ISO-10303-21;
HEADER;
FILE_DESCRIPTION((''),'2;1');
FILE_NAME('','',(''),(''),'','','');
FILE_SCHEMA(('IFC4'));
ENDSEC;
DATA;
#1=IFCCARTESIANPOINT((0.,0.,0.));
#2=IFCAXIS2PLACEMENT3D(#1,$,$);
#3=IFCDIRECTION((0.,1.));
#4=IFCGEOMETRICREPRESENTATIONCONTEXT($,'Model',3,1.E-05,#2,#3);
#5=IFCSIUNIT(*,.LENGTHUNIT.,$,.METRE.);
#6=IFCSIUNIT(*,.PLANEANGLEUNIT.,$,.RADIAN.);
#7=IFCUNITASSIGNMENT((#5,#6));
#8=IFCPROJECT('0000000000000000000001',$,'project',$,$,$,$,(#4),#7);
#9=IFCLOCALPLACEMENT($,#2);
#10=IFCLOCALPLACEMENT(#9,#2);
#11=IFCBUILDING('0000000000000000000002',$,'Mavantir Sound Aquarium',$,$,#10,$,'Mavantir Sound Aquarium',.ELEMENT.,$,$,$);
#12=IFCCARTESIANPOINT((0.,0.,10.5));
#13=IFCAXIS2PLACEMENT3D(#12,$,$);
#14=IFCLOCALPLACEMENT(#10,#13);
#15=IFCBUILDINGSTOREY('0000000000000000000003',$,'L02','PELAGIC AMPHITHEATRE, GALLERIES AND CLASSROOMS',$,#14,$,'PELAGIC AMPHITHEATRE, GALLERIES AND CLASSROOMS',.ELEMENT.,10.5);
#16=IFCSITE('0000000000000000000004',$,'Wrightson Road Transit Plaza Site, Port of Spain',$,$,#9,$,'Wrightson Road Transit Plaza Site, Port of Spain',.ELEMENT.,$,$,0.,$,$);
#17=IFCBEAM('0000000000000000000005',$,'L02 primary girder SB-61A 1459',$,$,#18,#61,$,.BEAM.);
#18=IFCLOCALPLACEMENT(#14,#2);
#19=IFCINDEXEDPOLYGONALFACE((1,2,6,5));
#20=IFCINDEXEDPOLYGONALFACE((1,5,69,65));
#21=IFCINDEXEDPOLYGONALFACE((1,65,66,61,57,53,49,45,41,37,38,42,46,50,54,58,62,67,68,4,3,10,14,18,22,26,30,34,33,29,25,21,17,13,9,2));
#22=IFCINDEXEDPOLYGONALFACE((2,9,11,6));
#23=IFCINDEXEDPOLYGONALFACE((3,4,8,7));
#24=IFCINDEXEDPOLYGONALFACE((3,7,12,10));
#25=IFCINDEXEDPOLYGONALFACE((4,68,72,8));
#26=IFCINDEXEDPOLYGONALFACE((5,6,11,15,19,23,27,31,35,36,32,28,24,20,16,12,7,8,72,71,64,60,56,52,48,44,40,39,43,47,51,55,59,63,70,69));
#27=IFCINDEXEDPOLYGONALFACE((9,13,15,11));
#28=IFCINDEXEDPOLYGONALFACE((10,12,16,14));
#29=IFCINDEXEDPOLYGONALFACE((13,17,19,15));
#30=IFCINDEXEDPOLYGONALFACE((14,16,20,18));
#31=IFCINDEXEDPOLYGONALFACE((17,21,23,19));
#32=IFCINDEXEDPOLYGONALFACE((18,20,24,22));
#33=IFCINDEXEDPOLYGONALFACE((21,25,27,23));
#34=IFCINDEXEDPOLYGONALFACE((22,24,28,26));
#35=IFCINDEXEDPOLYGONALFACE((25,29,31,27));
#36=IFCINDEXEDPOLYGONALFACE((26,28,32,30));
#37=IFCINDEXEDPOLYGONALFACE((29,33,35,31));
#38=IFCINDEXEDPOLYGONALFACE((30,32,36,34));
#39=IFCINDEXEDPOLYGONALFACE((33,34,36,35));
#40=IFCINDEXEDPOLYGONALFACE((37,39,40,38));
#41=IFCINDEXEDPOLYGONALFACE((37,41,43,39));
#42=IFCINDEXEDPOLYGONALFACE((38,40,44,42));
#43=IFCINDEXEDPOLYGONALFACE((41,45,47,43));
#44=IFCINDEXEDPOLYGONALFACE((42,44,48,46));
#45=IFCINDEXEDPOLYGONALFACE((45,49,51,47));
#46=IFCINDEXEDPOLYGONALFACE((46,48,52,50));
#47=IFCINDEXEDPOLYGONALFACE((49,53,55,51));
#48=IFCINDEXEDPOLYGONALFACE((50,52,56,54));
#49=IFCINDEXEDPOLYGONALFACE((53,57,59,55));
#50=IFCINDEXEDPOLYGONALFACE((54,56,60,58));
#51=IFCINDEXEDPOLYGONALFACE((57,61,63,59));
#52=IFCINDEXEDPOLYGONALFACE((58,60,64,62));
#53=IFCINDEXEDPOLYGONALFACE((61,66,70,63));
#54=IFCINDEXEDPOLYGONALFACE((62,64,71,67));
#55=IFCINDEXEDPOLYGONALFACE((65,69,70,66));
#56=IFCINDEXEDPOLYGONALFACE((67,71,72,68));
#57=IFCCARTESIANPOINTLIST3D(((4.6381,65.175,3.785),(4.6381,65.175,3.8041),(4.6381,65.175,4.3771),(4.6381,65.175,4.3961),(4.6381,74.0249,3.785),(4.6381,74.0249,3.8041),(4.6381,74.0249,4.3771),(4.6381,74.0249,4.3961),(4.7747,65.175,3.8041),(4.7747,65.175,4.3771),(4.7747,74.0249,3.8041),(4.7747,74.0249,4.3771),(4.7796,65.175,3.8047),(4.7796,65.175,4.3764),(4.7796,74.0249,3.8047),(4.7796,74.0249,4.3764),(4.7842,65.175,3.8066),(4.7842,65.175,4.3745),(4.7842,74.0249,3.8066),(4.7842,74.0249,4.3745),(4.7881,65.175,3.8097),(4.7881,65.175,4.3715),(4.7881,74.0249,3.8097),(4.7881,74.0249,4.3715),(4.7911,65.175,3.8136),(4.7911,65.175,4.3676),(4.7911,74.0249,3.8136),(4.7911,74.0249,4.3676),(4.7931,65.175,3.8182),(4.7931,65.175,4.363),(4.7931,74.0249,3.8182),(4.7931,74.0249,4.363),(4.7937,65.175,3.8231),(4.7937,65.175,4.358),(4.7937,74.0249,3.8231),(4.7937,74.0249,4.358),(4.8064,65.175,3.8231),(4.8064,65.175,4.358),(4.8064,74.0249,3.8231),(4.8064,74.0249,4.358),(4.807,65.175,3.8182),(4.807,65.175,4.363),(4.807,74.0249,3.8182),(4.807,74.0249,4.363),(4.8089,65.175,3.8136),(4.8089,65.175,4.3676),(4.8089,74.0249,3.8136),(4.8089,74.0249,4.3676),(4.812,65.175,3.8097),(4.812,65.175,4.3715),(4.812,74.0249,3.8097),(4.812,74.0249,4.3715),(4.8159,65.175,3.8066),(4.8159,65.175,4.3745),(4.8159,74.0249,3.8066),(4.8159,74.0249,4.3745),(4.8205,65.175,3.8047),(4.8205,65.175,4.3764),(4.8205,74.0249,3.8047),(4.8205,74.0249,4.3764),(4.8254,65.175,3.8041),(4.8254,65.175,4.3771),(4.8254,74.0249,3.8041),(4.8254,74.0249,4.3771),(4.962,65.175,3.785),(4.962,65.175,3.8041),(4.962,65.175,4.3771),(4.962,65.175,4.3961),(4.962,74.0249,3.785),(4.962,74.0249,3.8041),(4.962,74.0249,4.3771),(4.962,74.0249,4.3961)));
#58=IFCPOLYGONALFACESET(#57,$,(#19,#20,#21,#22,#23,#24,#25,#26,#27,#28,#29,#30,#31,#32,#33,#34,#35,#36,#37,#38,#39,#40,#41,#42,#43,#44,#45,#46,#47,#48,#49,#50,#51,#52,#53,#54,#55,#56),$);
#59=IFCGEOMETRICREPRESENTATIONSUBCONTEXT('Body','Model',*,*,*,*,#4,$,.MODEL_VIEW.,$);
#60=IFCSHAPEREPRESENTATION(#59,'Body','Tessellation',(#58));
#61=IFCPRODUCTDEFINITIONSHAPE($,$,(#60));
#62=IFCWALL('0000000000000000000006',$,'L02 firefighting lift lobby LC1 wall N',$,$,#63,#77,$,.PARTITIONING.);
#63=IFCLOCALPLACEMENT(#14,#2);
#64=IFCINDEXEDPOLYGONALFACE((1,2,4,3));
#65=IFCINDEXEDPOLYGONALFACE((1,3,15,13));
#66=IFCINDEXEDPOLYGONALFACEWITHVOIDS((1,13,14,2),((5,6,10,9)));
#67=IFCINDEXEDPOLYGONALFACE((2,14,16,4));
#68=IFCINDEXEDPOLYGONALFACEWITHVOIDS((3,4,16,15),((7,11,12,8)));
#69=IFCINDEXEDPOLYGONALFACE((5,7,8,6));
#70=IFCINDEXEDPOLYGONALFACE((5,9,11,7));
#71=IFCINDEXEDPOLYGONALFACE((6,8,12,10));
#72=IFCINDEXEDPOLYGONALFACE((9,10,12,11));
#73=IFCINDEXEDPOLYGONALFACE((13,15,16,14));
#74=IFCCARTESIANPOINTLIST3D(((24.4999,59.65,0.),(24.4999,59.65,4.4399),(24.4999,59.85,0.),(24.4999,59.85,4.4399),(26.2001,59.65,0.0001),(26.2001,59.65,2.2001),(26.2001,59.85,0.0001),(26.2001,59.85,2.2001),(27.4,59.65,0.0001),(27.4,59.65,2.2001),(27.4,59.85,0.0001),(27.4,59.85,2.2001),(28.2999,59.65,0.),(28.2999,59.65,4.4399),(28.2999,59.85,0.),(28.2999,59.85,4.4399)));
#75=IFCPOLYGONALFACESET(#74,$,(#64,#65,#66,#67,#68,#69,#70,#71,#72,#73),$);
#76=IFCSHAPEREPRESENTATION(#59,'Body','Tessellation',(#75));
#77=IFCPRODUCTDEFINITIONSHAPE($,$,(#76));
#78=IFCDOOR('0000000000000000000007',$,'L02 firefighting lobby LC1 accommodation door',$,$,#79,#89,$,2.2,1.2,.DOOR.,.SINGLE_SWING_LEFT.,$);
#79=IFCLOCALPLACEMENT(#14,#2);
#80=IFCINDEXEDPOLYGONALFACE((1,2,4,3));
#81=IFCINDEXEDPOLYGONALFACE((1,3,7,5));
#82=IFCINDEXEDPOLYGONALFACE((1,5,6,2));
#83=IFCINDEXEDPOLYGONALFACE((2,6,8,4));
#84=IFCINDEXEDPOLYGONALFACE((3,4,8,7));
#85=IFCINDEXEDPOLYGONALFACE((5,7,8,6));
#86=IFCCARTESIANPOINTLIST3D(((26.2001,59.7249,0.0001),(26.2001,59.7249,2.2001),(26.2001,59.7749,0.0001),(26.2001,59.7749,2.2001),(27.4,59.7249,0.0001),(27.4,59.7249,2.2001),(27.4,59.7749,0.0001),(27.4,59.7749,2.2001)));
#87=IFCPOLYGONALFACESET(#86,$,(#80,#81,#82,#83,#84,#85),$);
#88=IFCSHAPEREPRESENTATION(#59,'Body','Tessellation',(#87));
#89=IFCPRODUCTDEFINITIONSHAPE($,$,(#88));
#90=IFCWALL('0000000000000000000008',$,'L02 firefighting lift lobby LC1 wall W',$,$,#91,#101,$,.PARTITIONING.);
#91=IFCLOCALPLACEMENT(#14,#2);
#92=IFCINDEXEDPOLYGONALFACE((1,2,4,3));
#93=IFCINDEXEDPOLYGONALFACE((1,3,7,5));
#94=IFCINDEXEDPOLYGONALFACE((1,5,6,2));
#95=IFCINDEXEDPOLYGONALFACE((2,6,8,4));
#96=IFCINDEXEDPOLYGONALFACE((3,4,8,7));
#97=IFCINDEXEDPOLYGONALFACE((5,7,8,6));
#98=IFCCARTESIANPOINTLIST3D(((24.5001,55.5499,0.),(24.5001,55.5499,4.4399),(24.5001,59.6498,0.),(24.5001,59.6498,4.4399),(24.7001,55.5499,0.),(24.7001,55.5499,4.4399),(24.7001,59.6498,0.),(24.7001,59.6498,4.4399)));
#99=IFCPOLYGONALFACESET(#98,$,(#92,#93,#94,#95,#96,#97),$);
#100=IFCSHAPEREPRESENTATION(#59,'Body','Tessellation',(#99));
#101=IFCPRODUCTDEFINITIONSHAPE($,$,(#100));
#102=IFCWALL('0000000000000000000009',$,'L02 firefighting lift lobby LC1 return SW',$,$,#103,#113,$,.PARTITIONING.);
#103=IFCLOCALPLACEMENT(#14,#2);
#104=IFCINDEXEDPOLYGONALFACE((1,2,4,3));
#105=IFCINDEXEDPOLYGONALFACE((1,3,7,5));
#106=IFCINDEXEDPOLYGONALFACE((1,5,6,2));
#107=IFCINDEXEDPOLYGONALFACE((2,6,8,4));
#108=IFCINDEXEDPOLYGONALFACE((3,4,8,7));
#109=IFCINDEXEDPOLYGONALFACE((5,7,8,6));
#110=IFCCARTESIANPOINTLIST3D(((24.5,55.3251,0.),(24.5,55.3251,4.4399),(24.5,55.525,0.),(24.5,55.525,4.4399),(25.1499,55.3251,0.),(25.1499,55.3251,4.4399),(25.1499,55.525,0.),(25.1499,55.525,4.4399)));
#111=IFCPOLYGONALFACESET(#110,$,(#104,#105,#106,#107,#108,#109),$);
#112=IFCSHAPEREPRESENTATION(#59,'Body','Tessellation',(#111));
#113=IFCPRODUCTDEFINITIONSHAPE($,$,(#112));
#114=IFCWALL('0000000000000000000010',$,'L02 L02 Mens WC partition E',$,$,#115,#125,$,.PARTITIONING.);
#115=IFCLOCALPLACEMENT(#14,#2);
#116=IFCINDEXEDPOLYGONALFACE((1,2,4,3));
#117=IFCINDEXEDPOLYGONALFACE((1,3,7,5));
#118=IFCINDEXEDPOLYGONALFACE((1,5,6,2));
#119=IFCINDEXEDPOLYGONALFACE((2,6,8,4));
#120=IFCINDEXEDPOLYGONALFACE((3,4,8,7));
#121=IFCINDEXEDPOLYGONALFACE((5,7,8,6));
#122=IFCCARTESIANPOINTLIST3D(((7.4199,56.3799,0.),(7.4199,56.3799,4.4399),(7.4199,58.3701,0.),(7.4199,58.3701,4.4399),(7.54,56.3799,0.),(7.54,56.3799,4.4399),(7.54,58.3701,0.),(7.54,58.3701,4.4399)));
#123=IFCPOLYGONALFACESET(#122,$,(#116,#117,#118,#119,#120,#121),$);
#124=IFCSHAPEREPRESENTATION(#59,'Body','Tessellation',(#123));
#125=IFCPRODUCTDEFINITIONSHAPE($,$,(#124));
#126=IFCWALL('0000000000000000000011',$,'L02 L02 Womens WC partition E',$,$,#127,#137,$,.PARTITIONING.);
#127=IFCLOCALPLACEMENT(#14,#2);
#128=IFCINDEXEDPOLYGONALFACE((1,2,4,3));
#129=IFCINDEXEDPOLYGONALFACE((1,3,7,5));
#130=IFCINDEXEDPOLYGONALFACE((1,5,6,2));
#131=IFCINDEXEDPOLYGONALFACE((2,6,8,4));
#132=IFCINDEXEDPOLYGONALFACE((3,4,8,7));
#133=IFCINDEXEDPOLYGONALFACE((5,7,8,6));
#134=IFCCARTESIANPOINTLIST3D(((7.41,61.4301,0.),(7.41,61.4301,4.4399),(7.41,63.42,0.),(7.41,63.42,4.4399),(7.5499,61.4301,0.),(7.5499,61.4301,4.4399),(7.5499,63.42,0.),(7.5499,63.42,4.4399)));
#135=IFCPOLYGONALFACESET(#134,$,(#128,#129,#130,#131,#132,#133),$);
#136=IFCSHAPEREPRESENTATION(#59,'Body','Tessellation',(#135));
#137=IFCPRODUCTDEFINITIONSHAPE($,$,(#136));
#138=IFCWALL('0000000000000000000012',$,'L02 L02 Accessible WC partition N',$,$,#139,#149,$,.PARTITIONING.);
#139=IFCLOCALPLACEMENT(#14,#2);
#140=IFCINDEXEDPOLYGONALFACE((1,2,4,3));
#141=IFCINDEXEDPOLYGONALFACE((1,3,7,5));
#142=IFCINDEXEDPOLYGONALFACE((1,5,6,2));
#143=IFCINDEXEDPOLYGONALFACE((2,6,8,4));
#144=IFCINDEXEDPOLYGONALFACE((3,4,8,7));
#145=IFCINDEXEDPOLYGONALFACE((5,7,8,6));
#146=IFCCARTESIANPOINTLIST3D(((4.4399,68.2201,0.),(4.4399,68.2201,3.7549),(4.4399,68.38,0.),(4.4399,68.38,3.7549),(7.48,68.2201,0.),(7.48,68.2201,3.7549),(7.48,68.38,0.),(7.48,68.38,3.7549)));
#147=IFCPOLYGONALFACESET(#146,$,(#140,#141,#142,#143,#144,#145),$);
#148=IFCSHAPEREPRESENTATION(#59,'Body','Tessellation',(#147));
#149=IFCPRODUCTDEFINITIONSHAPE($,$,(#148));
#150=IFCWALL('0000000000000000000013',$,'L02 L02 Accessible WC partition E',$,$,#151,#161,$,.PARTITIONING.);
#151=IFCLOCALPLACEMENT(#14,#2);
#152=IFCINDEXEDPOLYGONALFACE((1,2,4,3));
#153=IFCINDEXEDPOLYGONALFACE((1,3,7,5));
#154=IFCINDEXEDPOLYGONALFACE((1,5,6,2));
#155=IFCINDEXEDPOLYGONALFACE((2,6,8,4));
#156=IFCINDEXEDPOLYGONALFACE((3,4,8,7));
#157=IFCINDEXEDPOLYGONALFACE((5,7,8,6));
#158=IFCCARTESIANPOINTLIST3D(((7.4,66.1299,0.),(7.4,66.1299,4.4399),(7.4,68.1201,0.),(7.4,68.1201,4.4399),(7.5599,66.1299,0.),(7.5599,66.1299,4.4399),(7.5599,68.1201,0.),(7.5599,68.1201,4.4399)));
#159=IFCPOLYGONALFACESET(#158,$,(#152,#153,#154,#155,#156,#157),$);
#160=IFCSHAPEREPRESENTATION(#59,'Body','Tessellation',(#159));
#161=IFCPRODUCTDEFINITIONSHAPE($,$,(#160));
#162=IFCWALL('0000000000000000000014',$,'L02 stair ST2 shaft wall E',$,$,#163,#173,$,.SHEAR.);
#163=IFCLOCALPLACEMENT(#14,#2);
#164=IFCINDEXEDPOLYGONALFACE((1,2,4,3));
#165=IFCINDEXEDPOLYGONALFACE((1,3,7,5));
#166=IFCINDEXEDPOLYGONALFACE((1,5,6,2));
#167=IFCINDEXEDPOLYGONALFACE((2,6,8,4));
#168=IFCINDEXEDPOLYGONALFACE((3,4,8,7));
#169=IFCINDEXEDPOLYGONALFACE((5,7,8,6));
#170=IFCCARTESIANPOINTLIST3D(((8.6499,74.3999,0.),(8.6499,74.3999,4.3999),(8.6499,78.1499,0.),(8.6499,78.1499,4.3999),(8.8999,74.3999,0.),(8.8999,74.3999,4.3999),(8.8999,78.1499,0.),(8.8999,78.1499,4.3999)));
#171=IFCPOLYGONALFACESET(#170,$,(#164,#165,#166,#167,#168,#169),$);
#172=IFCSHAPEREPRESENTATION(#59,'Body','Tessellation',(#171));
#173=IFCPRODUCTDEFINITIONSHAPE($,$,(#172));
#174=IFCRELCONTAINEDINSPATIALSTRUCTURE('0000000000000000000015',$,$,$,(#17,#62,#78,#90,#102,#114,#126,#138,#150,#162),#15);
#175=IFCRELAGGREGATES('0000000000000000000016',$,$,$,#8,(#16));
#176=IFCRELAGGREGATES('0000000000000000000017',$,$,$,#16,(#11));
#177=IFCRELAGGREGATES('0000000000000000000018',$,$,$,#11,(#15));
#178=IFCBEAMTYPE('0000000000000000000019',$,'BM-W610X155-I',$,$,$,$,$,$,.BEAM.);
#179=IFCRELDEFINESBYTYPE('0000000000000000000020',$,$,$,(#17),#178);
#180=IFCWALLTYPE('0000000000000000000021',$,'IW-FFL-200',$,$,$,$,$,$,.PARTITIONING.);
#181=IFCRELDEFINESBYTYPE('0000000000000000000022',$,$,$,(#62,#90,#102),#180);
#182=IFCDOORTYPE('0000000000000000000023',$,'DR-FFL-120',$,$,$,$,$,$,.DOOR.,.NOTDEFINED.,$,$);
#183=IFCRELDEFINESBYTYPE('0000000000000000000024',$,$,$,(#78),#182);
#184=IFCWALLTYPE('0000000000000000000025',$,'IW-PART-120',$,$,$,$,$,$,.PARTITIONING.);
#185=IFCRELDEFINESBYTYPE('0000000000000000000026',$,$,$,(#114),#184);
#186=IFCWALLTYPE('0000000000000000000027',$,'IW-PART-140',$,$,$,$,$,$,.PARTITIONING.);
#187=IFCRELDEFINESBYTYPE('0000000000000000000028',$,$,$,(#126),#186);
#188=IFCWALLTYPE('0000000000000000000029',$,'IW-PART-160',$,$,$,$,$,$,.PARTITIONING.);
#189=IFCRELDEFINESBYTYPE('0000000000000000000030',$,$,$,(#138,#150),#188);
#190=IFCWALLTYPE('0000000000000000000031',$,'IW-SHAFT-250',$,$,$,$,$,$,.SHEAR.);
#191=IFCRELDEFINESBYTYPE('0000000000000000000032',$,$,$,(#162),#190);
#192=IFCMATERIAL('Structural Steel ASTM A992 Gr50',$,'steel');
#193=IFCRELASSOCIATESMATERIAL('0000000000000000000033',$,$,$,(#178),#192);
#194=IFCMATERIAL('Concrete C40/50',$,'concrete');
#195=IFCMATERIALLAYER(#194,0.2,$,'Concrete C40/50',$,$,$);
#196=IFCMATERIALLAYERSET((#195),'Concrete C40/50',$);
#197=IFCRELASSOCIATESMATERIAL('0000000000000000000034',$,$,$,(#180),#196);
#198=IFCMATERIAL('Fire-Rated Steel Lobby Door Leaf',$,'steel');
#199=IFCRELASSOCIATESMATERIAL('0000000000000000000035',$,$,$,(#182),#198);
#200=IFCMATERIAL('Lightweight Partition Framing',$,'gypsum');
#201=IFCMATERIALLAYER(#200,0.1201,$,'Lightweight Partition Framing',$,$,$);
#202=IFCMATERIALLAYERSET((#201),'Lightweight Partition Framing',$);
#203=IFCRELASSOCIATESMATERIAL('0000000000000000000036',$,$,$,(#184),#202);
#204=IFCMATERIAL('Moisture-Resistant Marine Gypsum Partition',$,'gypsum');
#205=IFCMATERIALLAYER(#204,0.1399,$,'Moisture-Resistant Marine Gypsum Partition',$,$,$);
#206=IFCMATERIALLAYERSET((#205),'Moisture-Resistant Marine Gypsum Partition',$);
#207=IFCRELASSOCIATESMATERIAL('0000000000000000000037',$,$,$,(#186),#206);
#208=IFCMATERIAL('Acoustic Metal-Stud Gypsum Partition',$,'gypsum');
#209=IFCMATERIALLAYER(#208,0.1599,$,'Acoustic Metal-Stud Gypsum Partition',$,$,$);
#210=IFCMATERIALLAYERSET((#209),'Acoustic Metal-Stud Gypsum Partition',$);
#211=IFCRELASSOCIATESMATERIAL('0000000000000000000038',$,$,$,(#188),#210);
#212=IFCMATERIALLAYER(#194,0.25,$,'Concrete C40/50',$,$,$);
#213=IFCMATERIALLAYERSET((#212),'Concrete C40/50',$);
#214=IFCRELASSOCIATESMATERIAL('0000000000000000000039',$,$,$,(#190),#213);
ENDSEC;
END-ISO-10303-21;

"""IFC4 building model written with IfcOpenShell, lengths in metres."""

from ifc_helpers import new_model, si_unit, direction, frame, frame_2d, origin, origin_2d, place, context, subcontext, project, spatial, rectangle, i_section, extrude, material, layer, layer_set, material_profile, profile_set, type_object, element, fill, save


model = new_model("IFC4")

# Units and contexts
model_context = context("Model", 3, precision=1e-05, world=origin(), true_north=direction((0.0, 1.0)))
body_context = subcontext(model_context, "Body", "Model", "MODEL_VIEW")
ifc_project = project(units=[si_unit("LENGTHUNIT", "METRE"), si_unit("PLANEANGLEUNIT", "RADIAN")], contexts=[model_context])

# Site, building, storey
site_placement = place(None, origin())
site = spatial("IfcSite", under=ifc_project, at=site_placement, Name="Wrightson Road Transit Plaza Site, Port of Spain", LongName="Wrightson Road Transit Plaza Site, Port of Spain", CompositionType="ELEMENT", RefElevation=0.0)
building_placement = place(site_placement, origin())
building = spatial("IfcBuilding", under=site, at=building_placement, Name="Mavantir Sound Aquarium", LongName="Mavantir Sound Aquarium", CompositionType="ELEMENT")
storey_placement = place(building_placement, frame((0.0, 0.0, 10.5)))
storey = spatial("IfcBuildingStorey", under=building, at=storey_placement, Name="L02", Description="PELAGIC AMPHITHEATRE, GALLERIES AND CLASSROOMS", LongName="PELAGIC AMPHITHEATRE, GALLERIES AND CLASSROOMS", CompositionType="ELEMENT", Elevation=10.5)

# Shared definitions
ifc_material_1 = material(Name="Concrete C40/50", Category="concrete")

# Beam
ifc_material_2 = material(Name="Structural Steel ASTM A992 Gr50", Category="steel")
ifc_material_profile_1 = material_profile(ifc_material_2, i_section(OverallWidth=0.324, OverallDepth=0.6111, WebThickness=0.0127, FlangeThickness=0.019, FilletRadius=0.019, at=origin_2d()), Name="W610X155")
ifc_profile_set_1 = profile_set([ifc_material_profile_1], Name="Structural Steel ASTM A992 Gr50")
beam_type_1 = type_object("IfcBeamType", Name="BM-W610X155-I", PredefinedType="BEAM", material=ifc_profile_set_1)
beam_1_placement = place(storey_placement, frame((4.8, 65.175, 4.0906), z_axis=(0.0, 1.0, 0.0), x_axis=(-1.0, 0.0, 0.0)))
element("IfcBeam", 1, at=beam_1_placement, inside=storey, type_object=beam_type_1, Name="L02 primary girder SB-61A 1459", PredefinedType="BEAM", context=body_context, shape_type="SweptSolid", body=[
    extrude(i_section(OverallWidth=0.324, OverallDepth=0.6111, WebThickness=0.0127, FlangeThickness=0.019, FilletRadius=0.019, at=origin_2d()), origin(), (0.0, 0.0, 1.0), 8.8499),
])

# Wall, opening, door
ifc_layer_1 = layer(ifc_material_1, 0.2, Name="Concrete C40/50")
ifc_layer_set_1 = layer_set([ifc_layer_1], Name="Concrete C40/50")
wall_type_1 = type_object("IfcWallType", Name="IW-FFL-200", PredefinedType="PARTITIONING", material=ifc_layer_set_1)
wall_1_placement = place(storey_placement, frame((24.5, 59.75, 0.0), z_axis=(0.0, 0.0, 1.0), x_axis=(1.0, 0.0, 0.0)))
wall_1 = element("IfcWall", 2, at=wall_1_placement, inside=storey, type_object=wall_type_1, Name="L02 firefighting lift lobby LC1 wall N", PredefinedType="PARTITIONING", context=body_context, shape_type="SweptSolid", body=[
    extrude(rectangle(XDim=3.8, YDim=0.2, at=frame_2d((1.8999, 0.0))), origin(), (0.0, 0.0, 1.0), 4.4399),
])
opening_placement = place(wall_1_placement, frame((1.7, 0.0, 0.0)))
opening = element("IfcOpeningElement", 3, at=opening_placement, cuts=wall_1, PredefinedType="OPENING", context=body_context, shape_type="SweptSolid", body=[
    extrude(rectangle(XDim=1.2, YDim=2.2, at=frame_2d((0.6001, 1.1001))), frame((0.0, 0.1099, 0.0), z_axis=(0.0, -1.0, 0.0), x_axis=(1.0, 0.0, 0.0)), (0.0, 0.0, 1.0), 0.22),
])
ifc_material_3 = material(Name="Fire-Rated Steel Lobby Door Leaf", Category="steel")
door_type = type_object("IfcDoorType", Name="DR-FFL-120", OperationType="NOTDEFINED", PredefinedType="DOOR", material=ifc_material_3)
door_placement = place(opening_placement, origin())
door = element("IfcDoor", 4, at=door_placement, inside=storey, type_object=door_type, Name="L02 firefighting lobby LC1 accommodation door", OperationType="SINGLE_SWING_LEFT", OverallHeight=2.2, OverallWidth=1.2, PredefinedType="DOOR", context=body_context, shape_type="SweptSolid", body=[
    extrude(rectangle(XDim=1.2, YDim=2.2, at=frame_2d((0.6001, 1.1001))), frame((0.0, 0.0249, 0.0), z_axis=(0.0, -1.0, 0.0), x_axis=(1.0, 0.0, 0.0)), (0.0, 0.0, 1.0), 0.05),
])
fill(opening, door)

# Walls
wall_2_placement = place(storey_placement, frame((24.6001, 55.55, 0.0), z_axis=(0.0, 0.0, 1.0), x_axis=(0.0, 1.0, 0.0)))
element("IfcWall", 5, at=wall_2_placement, inside=storey, type_object=wall_type_1, Name="L02 firefighting lift lobby LC1 wall W", PredefinedType="PARTITIONING", context=body_context, shape_type="SweptSolid", body=[
    extrude(rectangle(XDim=4.0999, YDim=0.2, at=frame_2d((2.0498, 0.0))), origin(), (0.0, 0.0, 1.0), 4.4399),
])
wall_3_placement = place(storey_placement, frame((24.5, 55.425, 0.0), z_axis=(0.0, 0.0, 1.0), x_axis=(1.0, 0.0, 0.0)))
element("IfcWall", 6, at=wall_3_placement, inside=storey, type_object=wall_type_1, Name="L02 firefighting lift lobby LC1 return SW", PredefinedType="PARTITIONING", context=body_context, shape_type="SweptSolid", body=[
    extrude(rectangle(XDim=0.6499, YDim=0.2, at=frame_2d((0.325, 0.0))), origin(), (0.0, 0.0, 1.0), 4.4399),
])
ifc_material_4 = material(Name="Lightweight Partition Framing", Category="gypsum")
ifc_layer_2 = layer(ifc_material_4, 0.1201, Name="Lightweight Partition Framing")
ifc_layer_set_2 = layer_set([ifc_layer_2], Name="Lightweight Partition Framing")
wall_type_2 = type_object("IfcWallType", Name="IW-PART-120", PredefinedType="PARTITIONING", material=ifc_layer_set_2)
wall_4_placement = place(storey_placement, frame((7.48, 56.3799, 0.0), z_axis=(0.0, 0.0, 1.0), x_axis=(0.0, 1.0, 0.0)))
element("IfcWall", 7, at=wall_4_placement, inside=storey, type_object=wall_type_2, Name="L02 L02 Mens WC partition E", PredefinedType="PARTITIONING", context=body_context, shape_type="SweptSolid", body=[
    extrude(rectangle(XDim=1.9902, YDim=0.1201, at=frame_2d((0.9951, 0.0))), origin(), (0.0, 0.0, 1.0), 4.4399),
])
ifc_material_5 = material(Name="Moisture-Resistant Marine Gypsum Partition", Category="gypsum")
ifc_layer_3 = layer(ifc_material_5, 0.1399, Name="Moisture-Resistant Marine Gypsum Partition")
ifc_layer_set_3 = layer_set([ifc_layer_3], Name="Moisture-Resistant Marine Gypsum Partition")
wall_type_3 = type_object("IfcWallType", Name="IW-PART-140", PredefinedType="PARTITIONING", material=ifc_layer_set_3)
wall_5_placement = place(storey_placement, frame((7.48, 61.4299, 0.0), z_axis=(0.0, 0.0, 1.0), x_axis=(0.0, 1.0, 0.0)))
element("IfcWall", 8, at=wall_5_placement, inside=storey, type_object=wall_type_3, Name="L02 L02 Womens WC partition E", PredefinedType="PARTITIONING", context=body_context, shape_type="SweptSolid", body=[
    extrude(rectangle(XDim=1.99, YDim=0.1399, at=frame_2d((0.9951, 0.0))), origin(), (0.0, 0.0, 1.0), 4.4399),
])
ifc_material_6 = material(Name="Acoustic Metal-Stud Gypsum Partition", Category="gypsum")
ifc_layer_4 = layer(ifc_material_6, 0.1599, Name="Acoustic Metal-Stud Gypsum Partition")
ifc_layer_set_4 = layer_set([ifc_layer_4], Name="Acoustic Metal-Stud Gypsum Partition")
wall_type_4 = type_object("IfcWallType", Name="IW-PART-160", PredefinedType="PARTITIONING", material=ifc_layer_set_4)
wall_6_placement = place(storey_placement, frame((4.4399, 68.3, 0.0), z_axis=(0.0, 0.0, 1.0), x_axis=(1.0, 0.0, 0.0)))
element("IfcWall", 9, at=wall_6_placement, inside=storey, type_object=wall_type_4, Name="L02 L02 Accessible WC partition N", PredefinedType="PARTITIONING", context=body_context, shape_type="SweptSolid", body=[
    extrude(rectangle(XDim=3.04, YDim=0.1599, at=frame_2d((1.52, 0.0))), origin(), (0.0, 0.0, 1.0), 3.7549),
])
wall_7_placement = place(storey_placement, frame((7.48, 66.1299, 0.0), z_axis=(0.0, 0.0, 1.0), x_axis=(0.0, 1.0, 0.0)))
element("IfcWall", 10, at=wall_7_placement, inside=storey, type_object=wall_type_4, Name="L02 L02 Accessible WC partition E", PredefinedType="PARTITIONING", context=body_context, shape_type="SweptSolid", body=[
    extrude(rectangle(XDim=1.9902, YDim=0.1599, at=frame_2d((0.9951, 0.0))), origin(), (0.0, 0.0, 1.0), 4.4399),
])
ifc_layer_5 = layer(ifc_material_1, 0.25, Name="Concrete C40/50")
ifc_layer_set_5 = layer_set([ifc_layer_5], Name="Concrete C40/50")
wall_type_5 = type_object("IfcWallType", Name="IW-SHAFT-250", PredefinedType="SHEAR", material=ifc_layer_set_5)
wall_8_placement = place(storey_placement, frame((8.7749, 74.3999, 0.0), z_axis=(0.0, 0.0, 1.0), x_axis=(0.0, 1.0, 0.0)))
element("IfcWall", 11, at=wall_8_placement, inside=storey, type_object=wall_type_5, Name="L02 stair ST2 shaft wall E", PredefinedType="SHEAR", context=body_context, shape_type="SweptSolid", body=[
    extrude(rectangle(XDim=3.75, YDim=0.25, at=frame_2d((1.875, 0.0))), origin(), (0.0, 0.0, 1.0), 4.3999),
])

save(model, "model.ifc")
